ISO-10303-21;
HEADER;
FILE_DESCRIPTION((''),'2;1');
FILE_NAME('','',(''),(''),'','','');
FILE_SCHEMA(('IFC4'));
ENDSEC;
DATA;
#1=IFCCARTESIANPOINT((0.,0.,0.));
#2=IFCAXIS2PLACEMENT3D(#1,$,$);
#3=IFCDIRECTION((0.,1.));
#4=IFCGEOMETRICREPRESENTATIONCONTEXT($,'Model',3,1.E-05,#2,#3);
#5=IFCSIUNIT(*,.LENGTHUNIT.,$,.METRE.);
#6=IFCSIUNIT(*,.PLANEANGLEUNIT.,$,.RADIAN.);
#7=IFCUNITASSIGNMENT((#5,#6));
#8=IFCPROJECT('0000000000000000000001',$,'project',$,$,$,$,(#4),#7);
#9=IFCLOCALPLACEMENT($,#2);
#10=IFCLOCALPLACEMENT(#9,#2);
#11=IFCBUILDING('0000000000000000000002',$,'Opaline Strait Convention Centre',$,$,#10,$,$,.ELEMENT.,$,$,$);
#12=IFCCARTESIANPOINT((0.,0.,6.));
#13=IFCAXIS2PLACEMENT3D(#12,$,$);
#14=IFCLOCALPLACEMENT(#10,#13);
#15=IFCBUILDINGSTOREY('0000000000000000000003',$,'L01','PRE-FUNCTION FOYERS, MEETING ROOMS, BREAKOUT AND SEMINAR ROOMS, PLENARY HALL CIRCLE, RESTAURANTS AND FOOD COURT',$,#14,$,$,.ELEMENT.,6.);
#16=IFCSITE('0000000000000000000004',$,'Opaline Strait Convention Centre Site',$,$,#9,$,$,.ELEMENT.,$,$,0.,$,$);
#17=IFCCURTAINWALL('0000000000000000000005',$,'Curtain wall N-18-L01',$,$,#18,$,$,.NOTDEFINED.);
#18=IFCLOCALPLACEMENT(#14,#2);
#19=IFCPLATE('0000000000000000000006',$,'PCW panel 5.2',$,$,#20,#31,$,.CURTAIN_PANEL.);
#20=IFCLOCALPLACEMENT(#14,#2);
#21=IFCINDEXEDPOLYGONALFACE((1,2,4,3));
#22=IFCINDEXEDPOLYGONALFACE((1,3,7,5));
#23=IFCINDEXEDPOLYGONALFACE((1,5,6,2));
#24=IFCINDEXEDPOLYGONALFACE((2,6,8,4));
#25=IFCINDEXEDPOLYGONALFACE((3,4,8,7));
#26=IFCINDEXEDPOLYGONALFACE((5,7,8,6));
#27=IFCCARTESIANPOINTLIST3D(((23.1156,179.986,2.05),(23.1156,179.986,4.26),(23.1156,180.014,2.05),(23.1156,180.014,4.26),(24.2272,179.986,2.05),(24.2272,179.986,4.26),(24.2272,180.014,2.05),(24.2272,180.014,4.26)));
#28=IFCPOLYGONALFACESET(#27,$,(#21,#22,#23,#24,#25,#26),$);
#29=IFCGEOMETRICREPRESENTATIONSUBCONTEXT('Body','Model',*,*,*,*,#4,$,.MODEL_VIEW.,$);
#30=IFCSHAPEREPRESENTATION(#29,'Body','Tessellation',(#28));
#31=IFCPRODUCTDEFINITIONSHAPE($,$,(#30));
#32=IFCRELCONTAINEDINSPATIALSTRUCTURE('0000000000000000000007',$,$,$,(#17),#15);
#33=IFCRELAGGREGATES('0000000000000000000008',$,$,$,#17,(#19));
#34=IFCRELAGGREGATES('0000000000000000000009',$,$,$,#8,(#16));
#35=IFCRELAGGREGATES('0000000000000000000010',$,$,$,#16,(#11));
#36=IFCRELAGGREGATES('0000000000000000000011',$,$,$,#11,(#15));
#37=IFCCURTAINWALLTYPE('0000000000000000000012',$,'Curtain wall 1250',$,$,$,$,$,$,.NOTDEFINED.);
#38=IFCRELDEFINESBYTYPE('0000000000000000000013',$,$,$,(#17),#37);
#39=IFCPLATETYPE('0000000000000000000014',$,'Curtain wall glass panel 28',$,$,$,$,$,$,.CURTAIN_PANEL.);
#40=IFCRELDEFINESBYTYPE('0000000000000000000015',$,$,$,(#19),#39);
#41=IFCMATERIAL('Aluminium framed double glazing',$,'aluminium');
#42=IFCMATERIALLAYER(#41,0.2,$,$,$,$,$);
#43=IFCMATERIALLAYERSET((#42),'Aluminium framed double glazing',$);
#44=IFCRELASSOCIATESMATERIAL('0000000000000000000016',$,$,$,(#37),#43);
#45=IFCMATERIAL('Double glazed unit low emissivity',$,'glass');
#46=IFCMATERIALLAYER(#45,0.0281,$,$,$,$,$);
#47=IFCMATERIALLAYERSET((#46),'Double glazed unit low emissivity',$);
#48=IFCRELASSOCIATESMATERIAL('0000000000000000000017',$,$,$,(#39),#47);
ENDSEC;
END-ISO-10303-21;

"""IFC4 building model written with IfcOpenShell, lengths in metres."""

from ifc_helpers import new_model, si_unit, direction, frame, origin, origin_2d, place, context, subcontext, project, spatial, rectangle, extrude, material, layer, layer_set, type_object, element, aggregate, save


model = new_model("IFC4")

# Units and contexts
model_context = context("Model", 3, precision=1e-05, world=origin(), true_north=direction((0.0, 1.0)))
body_context = subcontext(model_context, "Body", "Model", "MODEL_VIEW")
ifc_project = project(units=[si_unit("LENGTHUNIT", "METRE"), si_unit("PLANEANGLEUNIT", "RADIAN")], contexts=[model_context])

# Site, building, storey
site_placement = place(None, origin())
site = spatial("IfcSite", under=ifc_project, at=site_placement, Name="Opaline Strait Convention Centre Site", CompositionType="ELEMENT", RefElevation=0.0)
building_placement = place(site_placement, origin())
building = spatial("IfcBuilding", under=site, at=building_placement, Name="Opaline Strait Convention Centre", CompositionType="ELEMENT")
storey_placement = place(building_placement, frame((0.0, 0.0, 6.0)))
storey = spatial("IfcBuildingStorey", under=building, at=storey_placement, Name="L01", Description="PRE-FUNCTION FOYERS, MEETING ROOMS, BREAKOUT AND SEMINAR ROOMS, PLENARY HALL CIRCLE, RESTAURANTS AND FOOD COURT", CompositionType="ELEMENT", Elevation=6.0)

# Curtain wall, plate
ifc_material_1 = material(Name="Aluminium framed double glazing", Category="aluminium")
ifc_layer_1 = layer(ifc_material_1, 0.2)
ifc_layer_set_1 = layer_set([ifc_layer_1], Name="Aluminium framed double glazing")
curtain_wall_type = type_object("IfcCurtainWallType", Name="Curtain wall 1250", PredefinedType="NOTDEFINED", material=ifc_layer_set_1)
curtain_wall_placement = place(storey_placement, origin())
curtain_wall = element("IfcCurtainWall", 1, at=curtain_wall_placement, inside=storey, type_object=curtain_wall_type, Name="Curtain wall N-18-L01", PredefinedType="NOTDEFINED")
ifc_material_2 = material(Name="Double glazed unit low emissivity", Category="glass")
ifc_layer_2 = layer(ifc_material_2, 0.0281)
ifc_layer_set_2 = layer_set([ifc_layer_2], Name="Double glazed unit low emissivity")
plate_type = type_object("IfcPlateType", Name="Curtain wall glass panel 28", PredefinedType="CURTAIN_PANEL", material=ifc_layer_set_2)
plate_1_placement = place(storey_placement, frame((23.6714, 180.0, 2.05), z_axis=(0.0, 0.0, 1.0), x_axis=(1.0, 0.0, 0.0)))
plate_1 = element("IfcPlate", 2, at=plate_1_placement, type_object=plate_type, Name="PCW panel 5.2", PredefinedType="CURTAIN_PANEL", context=body_context, shape_type="SweptSolid", body=[
    extrude(rectangle(XDim=1.1116, YDim=0.0281, at=origin_2d()), origin(), (0.0, 0.0, 1.0), 2.21),
])
aggregate(curtain_wall, [plate_1])

save(model, "model.ifc")
